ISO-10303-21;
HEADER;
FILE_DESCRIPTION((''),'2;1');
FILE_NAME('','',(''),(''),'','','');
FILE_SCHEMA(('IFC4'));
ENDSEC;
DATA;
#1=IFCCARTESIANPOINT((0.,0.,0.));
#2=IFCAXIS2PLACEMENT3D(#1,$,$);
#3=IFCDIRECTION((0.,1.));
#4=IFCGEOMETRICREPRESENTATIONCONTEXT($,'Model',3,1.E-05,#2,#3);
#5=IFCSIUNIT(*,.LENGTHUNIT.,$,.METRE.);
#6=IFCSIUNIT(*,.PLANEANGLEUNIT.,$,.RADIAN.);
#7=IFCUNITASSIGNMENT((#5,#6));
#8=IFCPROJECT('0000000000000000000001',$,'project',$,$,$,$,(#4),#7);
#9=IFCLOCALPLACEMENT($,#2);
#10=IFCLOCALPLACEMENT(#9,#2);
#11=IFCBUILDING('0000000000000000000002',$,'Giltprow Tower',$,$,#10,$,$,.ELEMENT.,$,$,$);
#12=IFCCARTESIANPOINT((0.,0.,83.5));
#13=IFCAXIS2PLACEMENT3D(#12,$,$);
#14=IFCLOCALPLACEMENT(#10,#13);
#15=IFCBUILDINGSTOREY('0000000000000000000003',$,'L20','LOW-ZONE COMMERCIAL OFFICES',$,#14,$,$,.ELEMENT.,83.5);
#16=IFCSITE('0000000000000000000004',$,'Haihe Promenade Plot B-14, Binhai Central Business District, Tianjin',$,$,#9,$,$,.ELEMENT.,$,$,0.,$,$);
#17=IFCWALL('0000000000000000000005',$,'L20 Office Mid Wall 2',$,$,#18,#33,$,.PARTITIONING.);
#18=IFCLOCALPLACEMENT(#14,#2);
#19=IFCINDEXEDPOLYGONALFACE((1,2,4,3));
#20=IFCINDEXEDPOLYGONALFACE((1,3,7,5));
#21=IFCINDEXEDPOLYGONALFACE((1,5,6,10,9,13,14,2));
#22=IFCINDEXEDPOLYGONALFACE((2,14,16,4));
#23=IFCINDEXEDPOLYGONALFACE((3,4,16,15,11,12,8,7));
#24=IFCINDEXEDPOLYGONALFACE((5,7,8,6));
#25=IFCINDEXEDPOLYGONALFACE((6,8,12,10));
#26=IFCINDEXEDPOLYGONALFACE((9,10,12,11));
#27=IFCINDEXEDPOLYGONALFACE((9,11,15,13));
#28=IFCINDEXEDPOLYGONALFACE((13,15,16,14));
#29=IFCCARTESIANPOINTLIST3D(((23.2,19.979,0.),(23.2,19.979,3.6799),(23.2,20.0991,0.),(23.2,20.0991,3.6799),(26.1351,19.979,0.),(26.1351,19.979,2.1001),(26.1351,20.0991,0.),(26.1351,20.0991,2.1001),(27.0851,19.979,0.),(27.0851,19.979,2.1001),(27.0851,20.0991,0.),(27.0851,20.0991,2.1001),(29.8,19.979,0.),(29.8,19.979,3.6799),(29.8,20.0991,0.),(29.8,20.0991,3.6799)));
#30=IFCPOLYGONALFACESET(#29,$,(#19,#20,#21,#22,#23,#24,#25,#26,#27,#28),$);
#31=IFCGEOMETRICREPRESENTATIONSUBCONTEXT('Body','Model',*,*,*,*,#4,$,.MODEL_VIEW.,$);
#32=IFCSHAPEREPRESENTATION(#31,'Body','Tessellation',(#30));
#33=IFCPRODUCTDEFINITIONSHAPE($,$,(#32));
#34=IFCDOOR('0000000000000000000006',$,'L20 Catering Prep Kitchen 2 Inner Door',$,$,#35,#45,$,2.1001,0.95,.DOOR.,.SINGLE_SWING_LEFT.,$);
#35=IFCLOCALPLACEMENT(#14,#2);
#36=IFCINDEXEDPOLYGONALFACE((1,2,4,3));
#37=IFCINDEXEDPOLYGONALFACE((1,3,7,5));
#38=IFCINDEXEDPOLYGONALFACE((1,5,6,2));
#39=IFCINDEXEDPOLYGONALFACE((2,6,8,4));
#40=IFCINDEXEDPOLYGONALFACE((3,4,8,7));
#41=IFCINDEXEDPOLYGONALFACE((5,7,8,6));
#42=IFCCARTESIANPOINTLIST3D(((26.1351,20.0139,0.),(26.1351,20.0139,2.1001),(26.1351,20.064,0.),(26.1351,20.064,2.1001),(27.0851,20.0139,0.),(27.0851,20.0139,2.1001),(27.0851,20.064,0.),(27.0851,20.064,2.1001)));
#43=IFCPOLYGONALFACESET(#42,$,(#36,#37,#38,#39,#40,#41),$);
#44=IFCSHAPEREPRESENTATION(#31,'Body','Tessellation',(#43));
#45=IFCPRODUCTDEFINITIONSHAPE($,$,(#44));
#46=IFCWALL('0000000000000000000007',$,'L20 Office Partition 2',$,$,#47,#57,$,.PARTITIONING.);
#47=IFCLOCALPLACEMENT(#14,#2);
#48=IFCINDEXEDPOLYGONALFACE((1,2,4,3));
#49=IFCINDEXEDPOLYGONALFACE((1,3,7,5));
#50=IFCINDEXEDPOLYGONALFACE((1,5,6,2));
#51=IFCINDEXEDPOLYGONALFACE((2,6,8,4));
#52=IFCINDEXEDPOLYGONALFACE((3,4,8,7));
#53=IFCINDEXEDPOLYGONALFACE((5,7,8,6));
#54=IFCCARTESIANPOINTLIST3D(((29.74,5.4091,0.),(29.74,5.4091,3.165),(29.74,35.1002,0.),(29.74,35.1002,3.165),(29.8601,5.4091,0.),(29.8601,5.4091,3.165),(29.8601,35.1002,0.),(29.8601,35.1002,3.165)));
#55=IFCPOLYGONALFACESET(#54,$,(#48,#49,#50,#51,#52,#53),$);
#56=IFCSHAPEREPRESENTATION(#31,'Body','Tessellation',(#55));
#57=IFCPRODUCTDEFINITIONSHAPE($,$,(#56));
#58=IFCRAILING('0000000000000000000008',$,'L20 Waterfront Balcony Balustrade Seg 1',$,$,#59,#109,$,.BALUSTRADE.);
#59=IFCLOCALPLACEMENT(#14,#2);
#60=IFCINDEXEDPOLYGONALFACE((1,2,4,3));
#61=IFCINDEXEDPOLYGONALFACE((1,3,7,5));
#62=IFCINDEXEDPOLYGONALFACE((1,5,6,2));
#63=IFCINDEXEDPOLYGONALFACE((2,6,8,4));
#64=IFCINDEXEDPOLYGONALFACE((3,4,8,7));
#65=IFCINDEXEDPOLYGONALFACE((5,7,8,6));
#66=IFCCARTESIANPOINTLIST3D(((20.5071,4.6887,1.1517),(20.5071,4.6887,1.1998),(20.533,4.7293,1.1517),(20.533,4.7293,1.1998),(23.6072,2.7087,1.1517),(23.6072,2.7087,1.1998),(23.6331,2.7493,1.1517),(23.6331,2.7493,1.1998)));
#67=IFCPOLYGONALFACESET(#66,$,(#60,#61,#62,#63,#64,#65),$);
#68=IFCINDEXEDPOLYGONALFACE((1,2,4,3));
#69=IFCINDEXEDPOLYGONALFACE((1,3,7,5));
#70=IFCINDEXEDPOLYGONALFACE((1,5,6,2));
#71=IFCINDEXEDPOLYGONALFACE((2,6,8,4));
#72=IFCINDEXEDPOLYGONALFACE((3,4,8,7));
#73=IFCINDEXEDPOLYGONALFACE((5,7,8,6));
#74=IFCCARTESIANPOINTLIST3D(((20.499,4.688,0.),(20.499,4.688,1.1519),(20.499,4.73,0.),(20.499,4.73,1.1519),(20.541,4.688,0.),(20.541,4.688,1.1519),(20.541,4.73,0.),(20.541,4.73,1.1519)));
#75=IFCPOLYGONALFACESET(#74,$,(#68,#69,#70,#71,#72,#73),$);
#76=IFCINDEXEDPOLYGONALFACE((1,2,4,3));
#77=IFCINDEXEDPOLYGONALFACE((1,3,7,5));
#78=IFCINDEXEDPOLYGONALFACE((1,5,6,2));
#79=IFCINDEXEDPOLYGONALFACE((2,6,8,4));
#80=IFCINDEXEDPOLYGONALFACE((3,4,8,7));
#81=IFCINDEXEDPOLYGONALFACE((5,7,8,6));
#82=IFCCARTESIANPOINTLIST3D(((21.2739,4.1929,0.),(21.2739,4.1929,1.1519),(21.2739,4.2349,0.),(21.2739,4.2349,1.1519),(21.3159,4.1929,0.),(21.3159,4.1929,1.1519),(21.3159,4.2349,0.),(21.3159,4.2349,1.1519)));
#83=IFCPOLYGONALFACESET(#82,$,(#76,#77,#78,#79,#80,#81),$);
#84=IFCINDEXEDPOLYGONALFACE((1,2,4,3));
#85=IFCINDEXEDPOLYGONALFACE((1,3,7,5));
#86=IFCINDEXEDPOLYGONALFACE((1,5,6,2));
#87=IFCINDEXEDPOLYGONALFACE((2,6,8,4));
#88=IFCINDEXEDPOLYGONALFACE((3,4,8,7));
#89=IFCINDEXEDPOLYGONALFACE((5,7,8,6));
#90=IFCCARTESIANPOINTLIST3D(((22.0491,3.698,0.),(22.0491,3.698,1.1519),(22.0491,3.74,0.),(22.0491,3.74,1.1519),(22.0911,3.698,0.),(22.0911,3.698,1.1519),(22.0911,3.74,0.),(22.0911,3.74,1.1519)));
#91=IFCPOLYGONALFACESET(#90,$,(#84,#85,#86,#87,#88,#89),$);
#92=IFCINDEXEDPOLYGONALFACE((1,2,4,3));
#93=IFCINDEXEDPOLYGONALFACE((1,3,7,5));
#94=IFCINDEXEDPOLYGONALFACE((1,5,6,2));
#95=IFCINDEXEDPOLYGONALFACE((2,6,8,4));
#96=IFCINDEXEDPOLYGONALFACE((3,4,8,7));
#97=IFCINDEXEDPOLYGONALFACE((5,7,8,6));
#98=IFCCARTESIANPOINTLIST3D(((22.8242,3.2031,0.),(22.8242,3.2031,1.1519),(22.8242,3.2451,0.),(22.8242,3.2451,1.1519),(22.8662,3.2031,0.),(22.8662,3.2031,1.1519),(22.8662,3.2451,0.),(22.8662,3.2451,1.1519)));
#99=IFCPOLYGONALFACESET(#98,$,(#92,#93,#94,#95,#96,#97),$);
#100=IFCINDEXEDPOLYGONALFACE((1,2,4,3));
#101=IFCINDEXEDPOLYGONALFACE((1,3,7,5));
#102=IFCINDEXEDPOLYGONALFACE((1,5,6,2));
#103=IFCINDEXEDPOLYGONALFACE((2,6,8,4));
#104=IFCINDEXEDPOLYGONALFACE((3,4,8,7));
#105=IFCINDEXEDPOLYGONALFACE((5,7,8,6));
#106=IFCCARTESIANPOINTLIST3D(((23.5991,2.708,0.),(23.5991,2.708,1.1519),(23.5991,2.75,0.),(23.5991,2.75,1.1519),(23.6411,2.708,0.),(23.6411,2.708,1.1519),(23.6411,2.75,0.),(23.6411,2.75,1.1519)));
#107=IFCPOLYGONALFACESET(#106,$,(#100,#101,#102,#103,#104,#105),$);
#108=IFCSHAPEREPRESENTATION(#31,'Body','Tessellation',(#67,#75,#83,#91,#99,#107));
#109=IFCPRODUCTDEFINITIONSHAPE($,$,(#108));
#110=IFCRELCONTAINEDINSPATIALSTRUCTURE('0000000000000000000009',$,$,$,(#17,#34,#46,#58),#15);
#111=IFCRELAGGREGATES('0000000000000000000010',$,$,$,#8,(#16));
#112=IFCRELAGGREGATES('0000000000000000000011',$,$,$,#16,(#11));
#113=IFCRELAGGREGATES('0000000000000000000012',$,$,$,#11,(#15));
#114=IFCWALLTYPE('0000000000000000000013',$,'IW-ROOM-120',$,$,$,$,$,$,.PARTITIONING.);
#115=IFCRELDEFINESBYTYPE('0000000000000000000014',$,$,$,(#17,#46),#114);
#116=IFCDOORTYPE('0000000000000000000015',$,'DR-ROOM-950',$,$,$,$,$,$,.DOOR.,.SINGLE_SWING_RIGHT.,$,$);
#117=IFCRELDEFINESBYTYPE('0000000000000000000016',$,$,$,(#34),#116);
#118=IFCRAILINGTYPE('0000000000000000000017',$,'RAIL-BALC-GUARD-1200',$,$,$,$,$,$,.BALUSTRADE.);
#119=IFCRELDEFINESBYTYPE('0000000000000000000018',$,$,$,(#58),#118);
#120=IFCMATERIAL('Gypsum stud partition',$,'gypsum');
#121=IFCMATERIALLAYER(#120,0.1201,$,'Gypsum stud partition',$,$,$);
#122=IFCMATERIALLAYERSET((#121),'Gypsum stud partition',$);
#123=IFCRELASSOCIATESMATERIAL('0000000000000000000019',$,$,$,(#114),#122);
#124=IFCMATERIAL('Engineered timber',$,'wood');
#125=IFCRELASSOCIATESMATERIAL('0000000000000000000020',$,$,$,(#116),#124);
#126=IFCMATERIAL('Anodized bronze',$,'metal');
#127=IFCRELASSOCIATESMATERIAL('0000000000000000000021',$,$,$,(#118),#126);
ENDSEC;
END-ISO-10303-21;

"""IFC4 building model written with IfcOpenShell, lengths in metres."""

from ifc_helpers import new_model, si_unit, direction, frame, frame_2d, origin, origin_2d, place, context, subcontext, project, spatial, rectangle, extrude, source, transform, mapped, material, layer, layer_set, type_object, element, fill, save


model = new_model("IFC4")

# Units and contexts
model_context = context("Model", 3, precision=1e-05, world=origin(), true_north=direction((0.0, 1.0)))
body_context = subcontext(model_context, "Body", "Model", "MODEL_VIEW")
ifc_project = project(units=[si_unit("LENGTHUNIT", "METRE"), si_unit("PLANEANGLEUNIT", "RADIAN")], contexts=[model_context])

# Site, building, storey
site_placement = place(None, origin())
site = spatial("IfcSite", under=ifc_project, at=site_placement, Name="Haihe Promenade Plot B-14, Binhai Central Business District, Tianjin", CompositionType="ELEMENT", RefElevation=0.0)
building_placement = place(site_placement, origin())
building = spatial("IfcBuilding", under=site, at=building_placement, Name="Giltprow Tower", CompositionType="ELEMENT")
storey_placement = place(building_placement, frame((0.0, 0.0, 83.5)))
storey = spatial("IfcBuildingStorey", under=building, at=storey_placement, Name="L20", Description="LOW-ZONE COMMERCIAL OFFICES", CompositionType="ELEMENT", Elevation=83.5)

# Shared definitions
ifc_material_1 = material(Name="Gypsum stud partition", Category="gypsum")
ifc_layer_1 = layer(ifc_material_1, 0.1201, Name="Gypsum stud partition")
ifc_layer_set_1 = layer_set([ifc_layer_1], Name="Gypsum stud partition")
wall_type_1 = type_object("IfcWallType", Name="IW-ROOM-120", PredefinedType="PARTITIONING", material=ifc_layer_set_1)

# Wall, opening, door
wall_1_placement = place(storey_placement, frame((23.2, 20.0391, 0.0), z_axis=(0.0, 0.0, 1.0), x_axis=(1.0, 0.0, 0.0)))
wall_1 = element("IfcWall", 1, at=wall_1_placement, inside=storey, type_object=wall_type_1, Name="L20 Office Mid Wall 2", PredefinedType="PARTITIONING", context=body_context, shape_type="SweptSolid", body=[
    extrude(rectangle(XDim=6.6001, YDim=0.1201, at=frame_2d((3.3, 0.0))), origin(), (0.0, 0.0, 1.0), 3.6799),
])
opening_1_placement = place(wall_1_placement, frame((2.9351, 0.0, 0.0)))
opening_1 = element("IfcOpeningElement", 2, at=opening_1_placement, cuts=wall_1, PredefinedType="OPENING", context=body_context, shape_type="SweptSolid", body=[
    extrude(rectangle(XDim=0.95, YDim=2.1001, at=frame_2d((0.4751, 1.05))), frame((0.0, 0.0701, 0.0), z_axis=(0.0, -1.0, 0.0), x_axis=(1.0, 0.0, 0.0)), (0.0, 0.0, 1.0), 0.1401),
])
ifc_material_2 = material(Name="Engineered timber", Category="wood")
door_type_1 = type_object("IfcDoorType", Name="DR-ROOM-950", OperationType="SINGLE_SWING_RIGHT", PredefinedType="DOOR", material=ifc_material_2)
shared_shape_1 = source(origin(), body_context, "Body", "SweptSolid", [
    extrude(rectangle(XDim=0.95, YDim=2.1001, at=frame_2d((0.4751, 1.05))), frame((0.0, 0.0249, 0.0), z_axis=(0.0, -1.0, 0.0), x_axis=(1.0, 0.0, 0.0)), (0.0, 0.0, 1.0), 0.05),
])
door_1_placement = place(opening_1_placement, origin())
door_1 = element("IfcDoor", 3, at=door_1_placement, inside=storey, type_object=door_type_1, Name="L20 Catering Prep Kitchen 2 Inner Door", OperationType="SINGLE_SWING_LEFT", OverallHeight=2.1001, OverallWidth=0.95, PredefinedType="DOOR", context=body_context, shape_type="MappedRepresentation", body=[
    mapped(shared_shape_1, transform((0.0, 0.0, 0.0), x_axis=(1.0, 0.0, 0.0), y_axis=(0.0, 1.0, 0.0), z_axis=(0.0, 0.0, 1.0), scale=1.0)),
])
fill(opening_1, door_1)

# Wall
wall_2_placement = place(storey_placement, frame((29.8, 5.4089, 0.0), z_axis=(0.0, 0.0, 1.0), x_axis=(0.0, 1.0, 0.0)))
element("IfcWall", 4, at=wall_2_placement, inside=storey, type_object=wall_type_1, Name="L20 Office Partition 2", PredefinedType="PARTITIONING", context=body_context, shape_type="SweptSolid", body=[
    extrude(rectangle(XDim=29.6912, YDim=0.1201, at=frame_2d((14.8457, 0.0))), origin(), (0.0, 0.0, 1.0), 3.165),
])

# Railing
ifc_material_3 = material(Name="Anodized bronze", Category="metal")
railing_type = type_object("IfcRailingType", Name="RAIL-BALC-GUARD-1200", PredefinedType="BALUSTRADE", material=ifc_material_3)
railing_1_placement = place(storey_placement, frame((20.52, 4.709, 0.0)))
element("IfcRailing", 5, at=railing_1_placement, inside=storey, type_object=railing_type, Name="L20 Waterfront Balcony Balustrade Seg 1", PredefinedType="BALUSTRADE", context=body_context, shape_type="SweptSolid", body=[
    extrude(rectangle(XDim=0.0481, YDim=0.0481, at=origin_2d()), frame((0.0, 0.0, 1.1758), z_axis=(0.842775, -0.538266, 0.0), x_axis=(0.538266, 0.842775, 0.0)), (0.0, 0.0, 1.0), 3.6785),
    extrude(rectangle(XDim=0.042, YDim=0.042, at=origin_2d()), origin(), (0.0, 0.0, 1.0), 1.1519),
    extrude(rectangle(XDim=0.042, YDim=0.042, at=origin_2d()), frame((0.7749, -0.4951, 0.0)), (0.0, 0.0, 1.0), 1.1519),
    extrude(rectangle(XDim=0.042, YDim=0.042, at=origin_2d()), frame((1.55, -0.99, 0.0)), (0.0, 0.0, 1.0), 1.1519),
    extrude(rectangle(XDim=0.042, YDim=0.042, at=origin_2d()), frame((2.3252, -1.4849, 0.0)), (0.0, 0.0, 1.0), 1.1519),
    extrude(rectangle(XDim=0.042, YDim=0.042, at=origin_2d()), frame((3.1001, -1.98, 0.0)), (0.0, 0.0, 1.0), 1.1519),
])

save(model, "model.ifc")
